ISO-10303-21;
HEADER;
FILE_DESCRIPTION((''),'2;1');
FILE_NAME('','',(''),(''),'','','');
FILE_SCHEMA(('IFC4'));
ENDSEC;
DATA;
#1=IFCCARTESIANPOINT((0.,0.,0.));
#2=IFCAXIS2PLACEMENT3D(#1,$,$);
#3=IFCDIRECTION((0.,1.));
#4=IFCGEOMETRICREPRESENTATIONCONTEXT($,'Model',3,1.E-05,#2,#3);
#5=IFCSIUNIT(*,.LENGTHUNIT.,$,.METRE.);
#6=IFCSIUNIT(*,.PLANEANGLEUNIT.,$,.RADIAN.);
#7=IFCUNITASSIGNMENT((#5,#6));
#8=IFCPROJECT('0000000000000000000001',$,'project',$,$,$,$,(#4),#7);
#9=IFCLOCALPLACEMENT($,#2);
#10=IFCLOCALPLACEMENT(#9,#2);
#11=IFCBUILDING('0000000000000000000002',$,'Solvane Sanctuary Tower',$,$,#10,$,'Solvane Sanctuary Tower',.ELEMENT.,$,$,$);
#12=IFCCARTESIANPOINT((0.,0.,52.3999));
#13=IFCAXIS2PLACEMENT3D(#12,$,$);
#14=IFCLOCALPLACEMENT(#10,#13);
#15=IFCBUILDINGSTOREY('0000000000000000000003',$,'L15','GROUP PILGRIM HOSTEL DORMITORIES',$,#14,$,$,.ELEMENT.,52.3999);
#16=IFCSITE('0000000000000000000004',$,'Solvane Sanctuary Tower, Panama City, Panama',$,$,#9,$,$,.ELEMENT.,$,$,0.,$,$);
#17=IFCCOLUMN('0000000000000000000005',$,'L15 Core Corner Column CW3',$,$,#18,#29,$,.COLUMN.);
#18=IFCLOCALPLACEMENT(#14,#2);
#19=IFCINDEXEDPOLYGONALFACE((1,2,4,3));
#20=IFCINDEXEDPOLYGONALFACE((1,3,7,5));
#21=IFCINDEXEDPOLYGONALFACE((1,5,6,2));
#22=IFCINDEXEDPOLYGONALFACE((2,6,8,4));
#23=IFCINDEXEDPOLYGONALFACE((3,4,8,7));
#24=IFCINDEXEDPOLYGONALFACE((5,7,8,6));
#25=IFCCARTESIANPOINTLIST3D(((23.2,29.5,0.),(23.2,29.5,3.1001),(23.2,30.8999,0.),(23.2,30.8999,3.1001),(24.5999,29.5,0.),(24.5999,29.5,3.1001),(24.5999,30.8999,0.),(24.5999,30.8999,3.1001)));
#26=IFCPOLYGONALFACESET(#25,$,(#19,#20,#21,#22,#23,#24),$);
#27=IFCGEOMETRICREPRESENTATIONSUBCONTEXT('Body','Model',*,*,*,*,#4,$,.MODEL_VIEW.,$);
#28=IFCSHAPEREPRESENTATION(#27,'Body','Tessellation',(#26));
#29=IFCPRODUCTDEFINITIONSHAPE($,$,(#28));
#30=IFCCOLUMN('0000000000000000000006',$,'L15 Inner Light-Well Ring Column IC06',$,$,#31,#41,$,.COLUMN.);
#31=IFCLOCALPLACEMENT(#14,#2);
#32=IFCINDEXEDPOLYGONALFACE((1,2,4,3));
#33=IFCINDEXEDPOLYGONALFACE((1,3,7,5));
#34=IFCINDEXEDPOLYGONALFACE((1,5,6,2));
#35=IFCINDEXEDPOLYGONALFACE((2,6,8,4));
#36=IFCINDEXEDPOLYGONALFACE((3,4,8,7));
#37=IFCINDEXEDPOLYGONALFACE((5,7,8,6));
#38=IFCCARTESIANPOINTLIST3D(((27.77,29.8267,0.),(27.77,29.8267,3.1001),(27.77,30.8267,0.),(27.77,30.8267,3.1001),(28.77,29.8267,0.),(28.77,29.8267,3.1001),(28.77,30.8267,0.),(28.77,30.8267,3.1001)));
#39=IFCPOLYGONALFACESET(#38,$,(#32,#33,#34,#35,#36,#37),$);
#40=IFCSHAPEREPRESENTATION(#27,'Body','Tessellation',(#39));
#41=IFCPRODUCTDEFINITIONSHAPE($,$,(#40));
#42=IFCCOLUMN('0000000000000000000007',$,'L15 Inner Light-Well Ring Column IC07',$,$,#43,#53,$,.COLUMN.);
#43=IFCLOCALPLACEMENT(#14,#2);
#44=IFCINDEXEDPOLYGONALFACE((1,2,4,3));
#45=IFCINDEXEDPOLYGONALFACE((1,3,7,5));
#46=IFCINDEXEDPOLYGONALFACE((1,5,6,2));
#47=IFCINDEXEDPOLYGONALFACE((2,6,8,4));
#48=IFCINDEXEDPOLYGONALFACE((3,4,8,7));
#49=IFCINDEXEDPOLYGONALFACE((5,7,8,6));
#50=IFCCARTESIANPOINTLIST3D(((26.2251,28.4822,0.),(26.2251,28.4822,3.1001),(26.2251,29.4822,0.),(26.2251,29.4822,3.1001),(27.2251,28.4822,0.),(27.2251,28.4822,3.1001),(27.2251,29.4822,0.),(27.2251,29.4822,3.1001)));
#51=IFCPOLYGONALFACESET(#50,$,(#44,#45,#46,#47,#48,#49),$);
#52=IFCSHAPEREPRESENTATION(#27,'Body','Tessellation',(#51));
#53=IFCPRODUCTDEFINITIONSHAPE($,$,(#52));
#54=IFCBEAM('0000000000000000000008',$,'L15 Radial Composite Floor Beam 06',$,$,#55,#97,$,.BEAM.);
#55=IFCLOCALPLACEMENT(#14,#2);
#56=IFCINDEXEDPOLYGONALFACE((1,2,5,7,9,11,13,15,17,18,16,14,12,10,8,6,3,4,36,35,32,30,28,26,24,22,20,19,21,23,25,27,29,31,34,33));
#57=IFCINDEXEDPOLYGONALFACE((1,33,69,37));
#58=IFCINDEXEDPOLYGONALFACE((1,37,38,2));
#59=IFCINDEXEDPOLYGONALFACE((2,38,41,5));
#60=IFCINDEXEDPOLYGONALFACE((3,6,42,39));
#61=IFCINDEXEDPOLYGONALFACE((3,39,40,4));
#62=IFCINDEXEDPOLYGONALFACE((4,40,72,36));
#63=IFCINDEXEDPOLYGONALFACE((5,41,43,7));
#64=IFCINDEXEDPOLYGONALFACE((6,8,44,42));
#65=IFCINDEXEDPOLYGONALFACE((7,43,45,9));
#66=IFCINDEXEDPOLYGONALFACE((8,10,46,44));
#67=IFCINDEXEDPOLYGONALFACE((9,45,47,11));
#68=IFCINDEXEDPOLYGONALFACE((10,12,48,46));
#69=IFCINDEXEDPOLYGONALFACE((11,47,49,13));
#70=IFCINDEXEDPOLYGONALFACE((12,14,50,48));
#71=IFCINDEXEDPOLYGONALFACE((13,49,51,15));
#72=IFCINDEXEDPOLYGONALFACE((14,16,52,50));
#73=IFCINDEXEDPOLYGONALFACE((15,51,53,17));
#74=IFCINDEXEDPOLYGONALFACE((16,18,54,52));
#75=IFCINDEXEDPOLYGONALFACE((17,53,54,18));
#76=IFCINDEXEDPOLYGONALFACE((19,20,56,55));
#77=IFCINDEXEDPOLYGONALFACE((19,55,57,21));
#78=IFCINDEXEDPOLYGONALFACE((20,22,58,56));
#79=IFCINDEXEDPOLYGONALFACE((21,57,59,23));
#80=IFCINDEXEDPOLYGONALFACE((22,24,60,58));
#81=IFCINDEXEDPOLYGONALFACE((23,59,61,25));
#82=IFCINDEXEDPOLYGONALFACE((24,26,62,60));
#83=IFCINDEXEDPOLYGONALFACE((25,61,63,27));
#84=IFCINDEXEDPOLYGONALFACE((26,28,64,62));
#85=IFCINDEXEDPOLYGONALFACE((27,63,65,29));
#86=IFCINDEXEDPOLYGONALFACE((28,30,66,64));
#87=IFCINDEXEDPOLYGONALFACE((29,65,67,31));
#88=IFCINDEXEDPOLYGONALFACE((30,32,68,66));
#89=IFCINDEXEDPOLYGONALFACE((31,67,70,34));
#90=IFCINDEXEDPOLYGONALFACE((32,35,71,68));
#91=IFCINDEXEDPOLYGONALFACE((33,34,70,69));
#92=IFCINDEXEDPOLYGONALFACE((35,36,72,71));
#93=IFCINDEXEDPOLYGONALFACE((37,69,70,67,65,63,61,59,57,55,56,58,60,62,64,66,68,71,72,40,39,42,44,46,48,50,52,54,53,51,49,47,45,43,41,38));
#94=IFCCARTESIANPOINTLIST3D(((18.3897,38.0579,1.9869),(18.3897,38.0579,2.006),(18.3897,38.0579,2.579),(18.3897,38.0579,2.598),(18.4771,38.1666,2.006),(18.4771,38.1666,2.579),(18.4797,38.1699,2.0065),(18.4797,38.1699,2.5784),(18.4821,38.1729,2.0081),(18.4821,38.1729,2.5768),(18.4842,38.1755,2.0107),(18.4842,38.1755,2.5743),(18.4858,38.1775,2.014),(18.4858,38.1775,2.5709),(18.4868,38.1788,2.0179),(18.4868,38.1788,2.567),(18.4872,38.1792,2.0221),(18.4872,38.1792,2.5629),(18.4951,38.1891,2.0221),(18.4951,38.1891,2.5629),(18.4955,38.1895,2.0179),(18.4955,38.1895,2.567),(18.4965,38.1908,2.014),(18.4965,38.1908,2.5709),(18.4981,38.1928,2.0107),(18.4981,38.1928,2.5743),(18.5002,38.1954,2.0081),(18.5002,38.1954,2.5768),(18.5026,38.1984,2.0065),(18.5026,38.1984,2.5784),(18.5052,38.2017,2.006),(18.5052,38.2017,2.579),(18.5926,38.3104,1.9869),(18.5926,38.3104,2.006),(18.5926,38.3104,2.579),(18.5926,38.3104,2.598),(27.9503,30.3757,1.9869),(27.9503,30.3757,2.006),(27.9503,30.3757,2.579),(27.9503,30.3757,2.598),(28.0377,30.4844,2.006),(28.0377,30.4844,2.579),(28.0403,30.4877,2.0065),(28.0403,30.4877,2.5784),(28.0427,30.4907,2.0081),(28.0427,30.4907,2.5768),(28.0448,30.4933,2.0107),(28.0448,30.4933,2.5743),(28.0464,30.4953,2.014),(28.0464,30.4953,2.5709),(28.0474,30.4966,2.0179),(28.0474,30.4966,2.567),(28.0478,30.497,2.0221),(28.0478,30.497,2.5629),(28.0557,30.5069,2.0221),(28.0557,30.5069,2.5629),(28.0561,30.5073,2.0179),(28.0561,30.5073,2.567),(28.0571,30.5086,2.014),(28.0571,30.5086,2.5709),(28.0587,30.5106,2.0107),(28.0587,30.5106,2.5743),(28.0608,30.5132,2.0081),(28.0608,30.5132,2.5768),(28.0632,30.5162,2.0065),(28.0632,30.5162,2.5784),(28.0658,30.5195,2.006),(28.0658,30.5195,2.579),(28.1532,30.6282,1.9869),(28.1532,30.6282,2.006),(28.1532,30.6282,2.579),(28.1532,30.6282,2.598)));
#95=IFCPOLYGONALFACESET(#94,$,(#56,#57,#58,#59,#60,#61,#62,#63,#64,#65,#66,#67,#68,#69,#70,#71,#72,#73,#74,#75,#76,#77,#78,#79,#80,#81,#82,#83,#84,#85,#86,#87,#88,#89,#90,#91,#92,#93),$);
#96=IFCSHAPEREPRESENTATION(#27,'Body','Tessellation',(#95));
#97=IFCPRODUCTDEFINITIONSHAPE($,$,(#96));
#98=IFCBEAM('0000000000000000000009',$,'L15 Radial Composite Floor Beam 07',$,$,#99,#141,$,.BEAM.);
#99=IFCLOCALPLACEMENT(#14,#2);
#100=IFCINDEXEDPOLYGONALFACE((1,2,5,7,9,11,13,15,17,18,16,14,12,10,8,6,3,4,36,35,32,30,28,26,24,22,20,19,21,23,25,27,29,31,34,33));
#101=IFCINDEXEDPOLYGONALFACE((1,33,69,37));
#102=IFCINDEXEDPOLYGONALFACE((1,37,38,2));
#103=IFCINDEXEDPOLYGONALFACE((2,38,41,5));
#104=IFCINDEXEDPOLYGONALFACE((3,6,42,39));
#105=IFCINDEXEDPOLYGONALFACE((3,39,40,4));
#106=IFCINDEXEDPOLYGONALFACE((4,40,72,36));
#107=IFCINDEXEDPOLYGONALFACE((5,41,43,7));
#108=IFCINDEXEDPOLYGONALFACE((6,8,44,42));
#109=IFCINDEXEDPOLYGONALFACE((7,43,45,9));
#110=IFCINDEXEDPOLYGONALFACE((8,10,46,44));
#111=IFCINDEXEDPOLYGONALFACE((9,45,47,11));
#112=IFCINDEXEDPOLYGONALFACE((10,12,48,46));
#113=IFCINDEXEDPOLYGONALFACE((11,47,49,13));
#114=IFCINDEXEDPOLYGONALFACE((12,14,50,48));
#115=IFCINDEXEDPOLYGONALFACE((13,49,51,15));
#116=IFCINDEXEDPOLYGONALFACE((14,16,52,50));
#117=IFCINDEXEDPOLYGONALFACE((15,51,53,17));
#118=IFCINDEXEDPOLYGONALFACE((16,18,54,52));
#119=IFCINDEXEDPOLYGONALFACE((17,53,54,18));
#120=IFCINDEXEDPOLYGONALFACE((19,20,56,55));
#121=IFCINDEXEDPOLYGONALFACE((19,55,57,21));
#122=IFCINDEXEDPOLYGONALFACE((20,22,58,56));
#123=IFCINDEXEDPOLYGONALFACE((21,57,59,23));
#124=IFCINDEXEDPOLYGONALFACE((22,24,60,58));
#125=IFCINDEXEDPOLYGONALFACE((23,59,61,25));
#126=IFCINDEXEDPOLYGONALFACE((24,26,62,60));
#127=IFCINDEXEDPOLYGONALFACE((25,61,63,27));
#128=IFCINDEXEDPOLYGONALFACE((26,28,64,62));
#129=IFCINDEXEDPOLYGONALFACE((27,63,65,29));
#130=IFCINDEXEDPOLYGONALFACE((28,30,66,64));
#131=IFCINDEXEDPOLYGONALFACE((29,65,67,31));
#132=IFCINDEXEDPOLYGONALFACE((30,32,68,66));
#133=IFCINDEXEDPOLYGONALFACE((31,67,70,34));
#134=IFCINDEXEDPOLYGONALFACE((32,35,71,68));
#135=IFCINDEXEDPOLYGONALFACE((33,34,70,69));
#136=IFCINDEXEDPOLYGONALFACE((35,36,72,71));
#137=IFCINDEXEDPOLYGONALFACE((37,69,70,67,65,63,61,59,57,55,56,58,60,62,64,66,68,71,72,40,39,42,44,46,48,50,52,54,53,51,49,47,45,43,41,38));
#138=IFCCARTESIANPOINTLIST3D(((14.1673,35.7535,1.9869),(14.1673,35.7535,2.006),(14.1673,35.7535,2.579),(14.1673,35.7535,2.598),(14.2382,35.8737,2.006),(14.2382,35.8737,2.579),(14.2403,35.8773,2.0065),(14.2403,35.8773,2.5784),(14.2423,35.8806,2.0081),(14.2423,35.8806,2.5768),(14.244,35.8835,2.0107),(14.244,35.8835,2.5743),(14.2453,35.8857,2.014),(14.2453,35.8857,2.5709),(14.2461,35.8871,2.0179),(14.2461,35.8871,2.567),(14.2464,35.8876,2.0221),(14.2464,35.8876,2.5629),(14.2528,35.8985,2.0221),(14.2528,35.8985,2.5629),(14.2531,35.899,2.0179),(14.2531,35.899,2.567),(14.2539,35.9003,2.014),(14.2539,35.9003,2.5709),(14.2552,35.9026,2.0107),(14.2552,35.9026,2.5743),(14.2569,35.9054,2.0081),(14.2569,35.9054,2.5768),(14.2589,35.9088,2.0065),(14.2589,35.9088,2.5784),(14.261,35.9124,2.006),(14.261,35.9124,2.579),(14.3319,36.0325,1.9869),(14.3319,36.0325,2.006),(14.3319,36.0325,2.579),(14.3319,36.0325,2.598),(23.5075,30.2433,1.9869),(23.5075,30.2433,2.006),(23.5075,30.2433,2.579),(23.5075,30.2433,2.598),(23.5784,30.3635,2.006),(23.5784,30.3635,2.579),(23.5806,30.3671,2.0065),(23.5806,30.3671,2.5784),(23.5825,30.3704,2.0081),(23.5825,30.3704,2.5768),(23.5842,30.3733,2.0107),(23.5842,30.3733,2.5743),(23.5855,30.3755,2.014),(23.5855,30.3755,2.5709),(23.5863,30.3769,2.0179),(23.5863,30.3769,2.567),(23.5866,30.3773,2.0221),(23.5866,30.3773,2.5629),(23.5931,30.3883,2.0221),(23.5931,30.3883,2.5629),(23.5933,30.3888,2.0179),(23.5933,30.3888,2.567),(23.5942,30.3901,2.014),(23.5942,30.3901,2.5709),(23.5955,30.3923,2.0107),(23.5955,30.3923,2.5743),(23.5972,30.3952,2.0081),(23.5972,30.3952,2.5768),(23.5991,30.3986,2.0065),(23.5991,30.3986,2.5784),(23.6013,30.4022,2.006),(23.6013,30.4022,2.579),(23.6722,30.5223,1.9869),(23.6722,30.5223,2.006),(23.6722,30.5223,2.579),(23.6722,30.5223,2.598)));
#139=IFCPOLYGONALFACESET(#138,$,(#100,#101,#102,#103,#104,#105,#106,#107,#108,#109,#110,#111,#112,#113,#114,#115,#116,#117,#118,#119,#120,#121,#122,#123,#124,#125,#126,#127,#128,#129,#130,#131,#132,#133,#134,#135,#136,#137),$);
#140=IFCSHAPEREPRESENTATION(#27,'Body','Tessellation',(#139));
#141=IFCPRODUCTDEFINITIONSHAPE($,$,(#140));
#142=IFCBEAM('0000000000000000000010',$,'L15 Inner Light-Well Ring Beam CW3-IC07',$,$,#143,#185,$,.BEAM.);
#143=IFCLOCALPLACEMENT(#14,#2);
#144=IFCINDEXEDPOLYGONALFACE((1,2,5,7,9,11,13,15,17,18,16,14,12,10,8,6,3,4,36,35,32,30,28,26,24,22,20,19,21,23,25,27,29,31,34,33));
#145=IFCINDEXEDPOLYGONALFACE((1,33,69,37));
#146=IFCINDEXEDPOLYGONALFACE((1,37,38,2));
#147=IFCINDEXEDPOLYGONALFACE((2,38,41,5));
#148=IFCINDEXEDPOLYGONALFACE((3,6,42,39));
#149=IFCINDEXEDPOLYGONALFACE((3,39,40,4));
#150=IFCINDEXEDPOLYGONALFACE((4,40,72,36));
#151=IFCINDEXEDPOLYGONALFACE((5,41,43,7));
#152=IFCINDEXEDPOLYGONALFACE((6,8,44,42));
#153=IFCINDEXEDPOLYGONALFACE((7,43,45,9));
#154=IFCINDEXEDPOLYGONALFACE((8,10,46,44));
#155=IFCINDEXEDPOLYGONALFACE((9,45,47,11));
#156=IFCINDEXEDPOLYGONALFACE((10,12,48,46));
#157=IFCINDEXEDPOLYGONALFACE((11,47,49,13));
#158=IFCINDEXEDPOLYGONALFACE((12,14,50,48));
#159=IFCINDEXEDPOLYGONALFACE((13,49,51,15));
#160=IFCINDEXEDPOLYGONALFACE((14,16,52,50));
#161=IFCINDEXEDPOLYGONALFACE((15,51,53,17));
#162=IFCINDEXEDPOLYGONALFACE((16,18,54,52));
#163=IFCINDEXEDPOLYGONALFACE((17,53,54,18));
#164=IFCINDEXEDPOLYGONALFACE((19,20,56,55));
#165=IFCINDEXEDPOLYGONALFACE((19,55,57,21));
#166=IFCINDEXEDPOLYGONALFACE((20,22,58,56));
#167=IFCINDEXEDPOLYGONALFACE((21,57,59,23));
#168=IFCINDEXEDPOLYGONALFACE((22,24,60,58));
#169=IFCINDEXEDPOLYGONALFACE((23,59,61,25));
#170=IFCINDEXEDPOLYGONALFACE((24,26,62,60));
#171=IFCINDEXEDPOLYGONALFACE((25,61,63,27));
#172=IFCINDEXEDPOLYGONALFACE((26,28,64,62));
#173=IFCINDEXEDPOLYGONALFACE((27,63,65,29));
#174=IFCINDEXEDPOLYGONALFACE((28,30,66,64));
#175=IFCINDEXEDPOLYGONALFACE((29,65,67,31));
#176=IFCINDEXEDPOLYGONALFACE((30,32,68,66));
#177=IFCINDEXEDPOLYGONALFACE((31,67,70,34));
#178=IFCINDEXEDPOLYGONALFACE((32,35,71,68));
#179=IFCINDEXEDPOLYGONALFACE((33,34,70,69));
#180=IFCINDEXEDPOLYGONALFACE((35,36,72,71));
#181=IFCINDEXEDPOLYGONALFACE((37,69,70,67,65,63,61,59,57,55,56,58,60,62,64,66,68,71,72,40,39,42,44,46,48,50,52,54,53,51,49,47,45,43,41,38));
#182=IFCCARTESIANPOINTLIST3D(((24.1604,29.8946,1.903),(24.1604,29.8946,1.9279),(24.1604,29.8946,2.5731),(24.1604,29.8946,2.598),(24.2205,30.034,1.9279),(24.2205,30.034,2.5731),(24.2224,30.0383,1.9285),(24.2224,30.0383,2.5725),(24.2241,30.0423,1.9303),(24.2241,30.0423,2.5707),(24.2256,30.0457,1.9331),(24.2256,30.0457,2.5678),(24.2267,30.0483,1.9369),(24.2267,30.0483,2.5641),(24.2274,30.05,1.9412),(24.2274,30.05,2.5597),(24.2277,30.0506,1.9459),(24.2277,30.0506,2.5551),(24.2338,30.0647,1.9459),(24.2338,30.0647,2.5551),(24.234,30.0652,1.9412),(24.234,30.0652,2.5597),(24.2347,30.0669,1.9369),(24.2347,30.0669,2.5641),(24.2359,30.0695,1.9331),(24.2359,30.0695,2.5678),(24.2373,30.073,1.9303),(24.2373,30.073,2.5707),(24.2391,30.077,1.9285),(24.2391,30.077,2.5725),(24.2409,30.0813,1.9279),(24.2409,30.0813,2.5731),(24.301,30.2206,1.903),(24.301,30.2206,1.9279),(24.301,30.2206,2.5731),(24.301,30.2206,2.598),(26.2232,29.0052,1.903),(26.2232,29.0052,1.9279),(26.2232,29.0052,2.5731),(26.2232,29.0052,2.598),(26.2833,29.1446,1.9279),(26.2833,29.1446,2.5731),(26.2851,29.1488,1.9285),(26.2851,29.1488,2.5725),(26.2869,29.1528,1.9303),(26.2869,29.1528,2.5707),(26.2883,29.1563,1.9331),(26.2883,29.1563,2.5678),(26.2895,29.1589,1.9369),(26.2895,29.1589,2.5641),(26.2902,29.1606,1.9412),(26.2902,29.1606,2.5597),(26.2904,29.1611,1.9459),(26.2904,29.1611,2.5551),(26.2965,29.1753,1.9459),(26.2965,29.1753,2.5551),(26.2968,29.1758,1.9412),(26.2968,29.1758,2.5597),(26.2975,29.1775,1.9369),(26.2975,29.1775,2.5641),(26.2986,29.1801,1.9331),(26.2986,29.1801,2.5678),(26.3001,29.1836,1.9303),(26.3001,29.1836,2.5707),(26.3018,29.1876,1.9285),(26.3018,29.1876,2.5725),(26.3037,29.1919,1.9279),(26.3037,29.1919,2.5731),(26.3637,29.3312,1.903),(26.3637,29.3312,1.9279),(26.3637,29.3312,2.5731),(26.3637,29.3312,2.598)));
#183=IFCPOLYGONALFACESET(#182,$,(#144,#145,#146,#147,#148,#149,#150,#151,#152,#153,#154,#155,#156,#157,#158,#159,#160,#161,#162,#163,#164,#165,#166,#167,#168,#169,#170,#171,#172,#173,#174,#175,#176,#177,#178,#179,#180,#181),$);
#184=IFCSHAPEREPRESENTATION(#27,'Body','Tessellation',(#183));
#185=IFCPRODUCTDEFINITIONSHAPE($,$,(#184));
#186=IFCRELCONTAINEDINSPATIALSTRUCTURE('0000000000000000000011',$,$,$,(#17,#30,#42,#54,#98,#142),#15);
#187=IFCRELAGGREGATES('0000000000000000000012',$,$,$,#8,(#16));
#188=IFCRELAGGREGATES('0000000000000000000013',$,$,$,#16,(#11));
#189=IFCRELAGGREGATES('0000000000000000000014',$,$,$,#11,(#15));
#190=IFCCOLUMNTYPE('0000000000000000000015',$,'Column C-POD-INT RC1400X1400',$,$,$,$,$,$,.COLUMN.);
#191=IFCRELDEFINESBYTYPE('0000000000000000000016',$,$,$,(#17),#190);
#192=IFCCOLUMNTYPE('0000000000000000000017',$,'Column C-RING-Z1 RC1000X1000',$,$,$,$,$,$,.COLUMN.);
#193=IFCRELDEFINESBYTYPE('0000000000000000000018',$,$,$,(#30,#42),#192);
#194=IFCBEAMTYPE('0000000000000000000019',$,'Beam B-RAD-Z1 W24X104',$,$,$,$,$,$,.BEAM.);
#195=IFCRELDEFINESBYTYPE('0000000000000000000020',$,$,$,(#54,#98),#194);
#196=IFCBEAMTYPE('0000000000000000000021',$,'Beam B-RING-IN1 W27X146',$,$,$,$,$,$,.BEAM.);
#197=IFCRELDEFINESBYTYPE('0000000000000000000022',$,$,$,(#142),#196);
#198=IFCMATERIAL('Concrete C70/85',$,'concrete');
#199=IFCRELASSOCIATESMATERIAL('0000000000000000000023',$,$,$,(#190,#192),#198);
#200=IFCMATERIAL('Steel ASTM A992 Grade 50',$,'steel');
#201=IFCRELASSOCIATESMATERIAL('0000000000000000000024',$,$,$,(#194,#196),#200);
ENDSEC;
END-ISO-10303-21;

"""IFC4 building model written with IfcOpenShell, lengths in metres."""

from ifc_helpers import new_model, si_unit, direction, frame, origin, origin_2d, place, context, subcontext, project, spatial, rectangle, i_section, extrude, material, material_profile, profile_set, type_object, element, save


model = new_model("IFC4")

# Units and contexts
model_context = context("Model", 3, precision=1e-05, world=origin(), true_north=direction((0.0, 1.0)))
body_context = subcontext(model_context, "Body", "Model", "MODEL_VIEW")
ifc_project = project(units=[si_unit("LENGTHUNIT", "METRE"), si_unit("PLANEANGLEUNIT", "RADIAN")], contexts=[model_context])

# Site, building, storey
site_placement = place(None, origin())
site = spatial("IfcSite", under=ifc_project, at=site_placement, Name="Solvane Sanctuary Tower, Panama City, Panama", CompositionType="ELEMENT", RefElevation=0.0)
building_placement = place(site_placement, origin())
building = spatial("IfcBuilding", under=site, at=building_placement, Name="Solvane Sanctuary Tower", LongName="Solvane Sanctuary Tower", CompositionType="ELEMENT")
storey_placement = place(building_placement, frame((0.0, 0.0, 52.3999)))
storey = spatial("IfcBuildingStorey", under=building, at=storey_placement, Name="L15", Description="GROUP PILGRIM HOSTEL DORMITORIES", CompositionType="ELEMENT", Elevation=52.3999)

# Columns
ifc_material_1 = material(Name="Concrete C70/85", Category="concrete")
ifc_material_profile_1 = material_profile(ifc_material_1, rectangle(XDim=1.3999, YDim=1.3999, at=origin_2d()), Name="RC1400X1400")
ifc_profile_set_1 = profile_set([ifc_material_profile_1], Name="Concrete C70/85")
column_type_1 = type_object("IfcColumnType", Name="Column C-POD-INT RC1400X1400", PredefinedType="COLUMN", material=ifc_profile_set_1)
column_placement = place(storey_placement, frame((23.8999, 30.2, 0.0), z_axis=(0.0, 0.0, 1.0), x_axis=(1.0, 0.0, 0.0)))
element("IfcColumn", 1, at=column_placement, inside=storey, type_object=column_type_1, Name="L15 Core Corner Column CW3", PredefinedType="COLUMN", context=body_context, shape_type="SweptSolid", body=[
    extrude(rectangle(XDim=1.3999, YDim=1.3999, at=origin_2d()), origin(), (0.0, 0.0, 1.0), 3.1001),
])
ifc_material_profile_2 = material_profile(ifc_material_1, rectangle(XDim=1.0, YDim=1.0, at=origin_2d()), Name="RC1000X1000")
ifc_profile_set_2 = profile_set([ifc_material_profile_2], Name="Concrete C70/85")
column_type_2 = type_object("IfcColumnType", Name="Column C-RING-Z1 RC1000X1000", PredefinedType="COLUMN", material=ifc_profile_set_2)
for number, where, z_axis, x_axis, name in (
    (2, (28.27, 30.3267, 0.0), (0.0, 0.0, 1.0), (1.0, 0.0, 0.0), "L15 Inner Light-Well Ring Column IC06"),
    (3, (26.7251, 28.9822, 0.0), (0.0, 0.0, 1.0), (1.0, 0.0, 0.0), "L15 Inner Light-Well Ring Column IC07"),
):
    element("IfcColumn", number, at=place(storey_placement, frame(where, z_axis=z_axis, x_axis=x_axis)), inside=storey, type_object=column_type_2, Name=name, PredefinedType="COLUMN", context=body_context, shape_type="SweptSolid", body=[
        extrude(rectangle(XDim=1.0, YDim=1.0, at=origin_2d()), origin(), (0.0, 0.0, 1.0), 3.1001),
    ])

# Beams
ifc_material_2 = material(Name="Steel ASTM A992 Grade 50", Category="steel")
ifc_material_profile_3 = material_profile(ifc_material_2, i_section(OverallWidth=0.324, OverallDepth=0.6111, WebThickness=0.0127, FlangeThickness=0.019, FilletRadius=0.0161, at=origin_2d()), Name="W24X104")
ifc_profile_set_3 = profile_set([ifc_material_profile_3], Name="Steel ASTM A992 Grade 50")
beam_type_1 = type_object("IfcBeamType", Name="Beam B-RAD-Z1 W24X104", PredefinedType="BEAM", material=ifc_profile_set_3)
beam_1_placement = place(storey_placement, frame((28.0518, 30.502, 2.2925), z_axis=(-0.779527, 0.626369, 0.0), x_axis=(-0.626369, -0.779527, 0.0)))
element("IfcBeam", 4, at=beam_1_placement, inside=storey, type_object=beam_type_1, Name="L15 Radial Composite Floor Beam 06", PredefinedType="BEAM", context=body_context, shape_type="SweptSolid", body=[
    extrude(i_section(OverallWidth=0.324, OverallDepth=0.6111, WebThickness=0.0127, FlangeThickness=0.019, FilletRadius=0.0161, at=origin_2d()), origin(), (0.0, 0.0, 1.0), 12.2646),
])
beam_2_placement = place(storey_placement, frame((23.5898, 30.3828, 2.2925), z_axis=(-0.861291, 0.508112, 0.0), x_axis=(-0.508112, -0.861291, 0.0)))
element("IfcBeam", 5, at=beam_2_placement, inside=storey, type_object=beam_type_1, Name="L15 Radial Composite Floor Beam 07", PredefinedType="BEAM", context=body_context, shape_type="SweptSolid", body=[
    extrude(i_section(OverallWidth=0.324, OverallDepth=0.6111, WebThickness=0.0127, FlangeThickness=0.019, FilletRadius=0.0161, at=origin_2d()), origin(), (0.0, 0.0, 1.0), 10.8445),
])
ifc_material_profile_4 = material_profile(ifc_material_2, i_section(OverallWidth=0.355, OverallDepth=0.6951, WebThickness=0.0154, FlangeThickness=0.0249, FilletRadius=0.0181, at=origin_2d()), Name="W27X146")
ifc_profile_set_4 = profile_set([ifc_material_profile_4], Name="Steel ASTM A992 Grade 50")
beam_type_2 = type_object("IfcBeamType", Name="Beam B-RING-IN1 W27X146", PredefinedType="BEAM", material=ifc_profile_set_4)
beam_3_placement = place(storey_placement, frame((24.2307, 30.0576, 2.2505), z_axis=(0.918277, -0.395938, 0.0), x_axis=(0.395938, 0.918277, 0.0)))
element("IfcBeam", 6, at=beam_3_placement, inside=storey, type_object=beam_type_2, Name="L15 Inner Light-Well Ring Beam CW3-IC07", PredefinedType="BEAM", context=body_context, shape_type="SweptSolid", body=[
    extrude(i_section(OverallWidth=0.355, OverallDepth=0.6951, WebThickness=0.0154, FlangeThickness=0.0249, FilletRadius=0.0181, at=origin_2d()), origin(), (0.0, 0.0, 1.0), 2.2463),
])

save(model, "model.ifc")
